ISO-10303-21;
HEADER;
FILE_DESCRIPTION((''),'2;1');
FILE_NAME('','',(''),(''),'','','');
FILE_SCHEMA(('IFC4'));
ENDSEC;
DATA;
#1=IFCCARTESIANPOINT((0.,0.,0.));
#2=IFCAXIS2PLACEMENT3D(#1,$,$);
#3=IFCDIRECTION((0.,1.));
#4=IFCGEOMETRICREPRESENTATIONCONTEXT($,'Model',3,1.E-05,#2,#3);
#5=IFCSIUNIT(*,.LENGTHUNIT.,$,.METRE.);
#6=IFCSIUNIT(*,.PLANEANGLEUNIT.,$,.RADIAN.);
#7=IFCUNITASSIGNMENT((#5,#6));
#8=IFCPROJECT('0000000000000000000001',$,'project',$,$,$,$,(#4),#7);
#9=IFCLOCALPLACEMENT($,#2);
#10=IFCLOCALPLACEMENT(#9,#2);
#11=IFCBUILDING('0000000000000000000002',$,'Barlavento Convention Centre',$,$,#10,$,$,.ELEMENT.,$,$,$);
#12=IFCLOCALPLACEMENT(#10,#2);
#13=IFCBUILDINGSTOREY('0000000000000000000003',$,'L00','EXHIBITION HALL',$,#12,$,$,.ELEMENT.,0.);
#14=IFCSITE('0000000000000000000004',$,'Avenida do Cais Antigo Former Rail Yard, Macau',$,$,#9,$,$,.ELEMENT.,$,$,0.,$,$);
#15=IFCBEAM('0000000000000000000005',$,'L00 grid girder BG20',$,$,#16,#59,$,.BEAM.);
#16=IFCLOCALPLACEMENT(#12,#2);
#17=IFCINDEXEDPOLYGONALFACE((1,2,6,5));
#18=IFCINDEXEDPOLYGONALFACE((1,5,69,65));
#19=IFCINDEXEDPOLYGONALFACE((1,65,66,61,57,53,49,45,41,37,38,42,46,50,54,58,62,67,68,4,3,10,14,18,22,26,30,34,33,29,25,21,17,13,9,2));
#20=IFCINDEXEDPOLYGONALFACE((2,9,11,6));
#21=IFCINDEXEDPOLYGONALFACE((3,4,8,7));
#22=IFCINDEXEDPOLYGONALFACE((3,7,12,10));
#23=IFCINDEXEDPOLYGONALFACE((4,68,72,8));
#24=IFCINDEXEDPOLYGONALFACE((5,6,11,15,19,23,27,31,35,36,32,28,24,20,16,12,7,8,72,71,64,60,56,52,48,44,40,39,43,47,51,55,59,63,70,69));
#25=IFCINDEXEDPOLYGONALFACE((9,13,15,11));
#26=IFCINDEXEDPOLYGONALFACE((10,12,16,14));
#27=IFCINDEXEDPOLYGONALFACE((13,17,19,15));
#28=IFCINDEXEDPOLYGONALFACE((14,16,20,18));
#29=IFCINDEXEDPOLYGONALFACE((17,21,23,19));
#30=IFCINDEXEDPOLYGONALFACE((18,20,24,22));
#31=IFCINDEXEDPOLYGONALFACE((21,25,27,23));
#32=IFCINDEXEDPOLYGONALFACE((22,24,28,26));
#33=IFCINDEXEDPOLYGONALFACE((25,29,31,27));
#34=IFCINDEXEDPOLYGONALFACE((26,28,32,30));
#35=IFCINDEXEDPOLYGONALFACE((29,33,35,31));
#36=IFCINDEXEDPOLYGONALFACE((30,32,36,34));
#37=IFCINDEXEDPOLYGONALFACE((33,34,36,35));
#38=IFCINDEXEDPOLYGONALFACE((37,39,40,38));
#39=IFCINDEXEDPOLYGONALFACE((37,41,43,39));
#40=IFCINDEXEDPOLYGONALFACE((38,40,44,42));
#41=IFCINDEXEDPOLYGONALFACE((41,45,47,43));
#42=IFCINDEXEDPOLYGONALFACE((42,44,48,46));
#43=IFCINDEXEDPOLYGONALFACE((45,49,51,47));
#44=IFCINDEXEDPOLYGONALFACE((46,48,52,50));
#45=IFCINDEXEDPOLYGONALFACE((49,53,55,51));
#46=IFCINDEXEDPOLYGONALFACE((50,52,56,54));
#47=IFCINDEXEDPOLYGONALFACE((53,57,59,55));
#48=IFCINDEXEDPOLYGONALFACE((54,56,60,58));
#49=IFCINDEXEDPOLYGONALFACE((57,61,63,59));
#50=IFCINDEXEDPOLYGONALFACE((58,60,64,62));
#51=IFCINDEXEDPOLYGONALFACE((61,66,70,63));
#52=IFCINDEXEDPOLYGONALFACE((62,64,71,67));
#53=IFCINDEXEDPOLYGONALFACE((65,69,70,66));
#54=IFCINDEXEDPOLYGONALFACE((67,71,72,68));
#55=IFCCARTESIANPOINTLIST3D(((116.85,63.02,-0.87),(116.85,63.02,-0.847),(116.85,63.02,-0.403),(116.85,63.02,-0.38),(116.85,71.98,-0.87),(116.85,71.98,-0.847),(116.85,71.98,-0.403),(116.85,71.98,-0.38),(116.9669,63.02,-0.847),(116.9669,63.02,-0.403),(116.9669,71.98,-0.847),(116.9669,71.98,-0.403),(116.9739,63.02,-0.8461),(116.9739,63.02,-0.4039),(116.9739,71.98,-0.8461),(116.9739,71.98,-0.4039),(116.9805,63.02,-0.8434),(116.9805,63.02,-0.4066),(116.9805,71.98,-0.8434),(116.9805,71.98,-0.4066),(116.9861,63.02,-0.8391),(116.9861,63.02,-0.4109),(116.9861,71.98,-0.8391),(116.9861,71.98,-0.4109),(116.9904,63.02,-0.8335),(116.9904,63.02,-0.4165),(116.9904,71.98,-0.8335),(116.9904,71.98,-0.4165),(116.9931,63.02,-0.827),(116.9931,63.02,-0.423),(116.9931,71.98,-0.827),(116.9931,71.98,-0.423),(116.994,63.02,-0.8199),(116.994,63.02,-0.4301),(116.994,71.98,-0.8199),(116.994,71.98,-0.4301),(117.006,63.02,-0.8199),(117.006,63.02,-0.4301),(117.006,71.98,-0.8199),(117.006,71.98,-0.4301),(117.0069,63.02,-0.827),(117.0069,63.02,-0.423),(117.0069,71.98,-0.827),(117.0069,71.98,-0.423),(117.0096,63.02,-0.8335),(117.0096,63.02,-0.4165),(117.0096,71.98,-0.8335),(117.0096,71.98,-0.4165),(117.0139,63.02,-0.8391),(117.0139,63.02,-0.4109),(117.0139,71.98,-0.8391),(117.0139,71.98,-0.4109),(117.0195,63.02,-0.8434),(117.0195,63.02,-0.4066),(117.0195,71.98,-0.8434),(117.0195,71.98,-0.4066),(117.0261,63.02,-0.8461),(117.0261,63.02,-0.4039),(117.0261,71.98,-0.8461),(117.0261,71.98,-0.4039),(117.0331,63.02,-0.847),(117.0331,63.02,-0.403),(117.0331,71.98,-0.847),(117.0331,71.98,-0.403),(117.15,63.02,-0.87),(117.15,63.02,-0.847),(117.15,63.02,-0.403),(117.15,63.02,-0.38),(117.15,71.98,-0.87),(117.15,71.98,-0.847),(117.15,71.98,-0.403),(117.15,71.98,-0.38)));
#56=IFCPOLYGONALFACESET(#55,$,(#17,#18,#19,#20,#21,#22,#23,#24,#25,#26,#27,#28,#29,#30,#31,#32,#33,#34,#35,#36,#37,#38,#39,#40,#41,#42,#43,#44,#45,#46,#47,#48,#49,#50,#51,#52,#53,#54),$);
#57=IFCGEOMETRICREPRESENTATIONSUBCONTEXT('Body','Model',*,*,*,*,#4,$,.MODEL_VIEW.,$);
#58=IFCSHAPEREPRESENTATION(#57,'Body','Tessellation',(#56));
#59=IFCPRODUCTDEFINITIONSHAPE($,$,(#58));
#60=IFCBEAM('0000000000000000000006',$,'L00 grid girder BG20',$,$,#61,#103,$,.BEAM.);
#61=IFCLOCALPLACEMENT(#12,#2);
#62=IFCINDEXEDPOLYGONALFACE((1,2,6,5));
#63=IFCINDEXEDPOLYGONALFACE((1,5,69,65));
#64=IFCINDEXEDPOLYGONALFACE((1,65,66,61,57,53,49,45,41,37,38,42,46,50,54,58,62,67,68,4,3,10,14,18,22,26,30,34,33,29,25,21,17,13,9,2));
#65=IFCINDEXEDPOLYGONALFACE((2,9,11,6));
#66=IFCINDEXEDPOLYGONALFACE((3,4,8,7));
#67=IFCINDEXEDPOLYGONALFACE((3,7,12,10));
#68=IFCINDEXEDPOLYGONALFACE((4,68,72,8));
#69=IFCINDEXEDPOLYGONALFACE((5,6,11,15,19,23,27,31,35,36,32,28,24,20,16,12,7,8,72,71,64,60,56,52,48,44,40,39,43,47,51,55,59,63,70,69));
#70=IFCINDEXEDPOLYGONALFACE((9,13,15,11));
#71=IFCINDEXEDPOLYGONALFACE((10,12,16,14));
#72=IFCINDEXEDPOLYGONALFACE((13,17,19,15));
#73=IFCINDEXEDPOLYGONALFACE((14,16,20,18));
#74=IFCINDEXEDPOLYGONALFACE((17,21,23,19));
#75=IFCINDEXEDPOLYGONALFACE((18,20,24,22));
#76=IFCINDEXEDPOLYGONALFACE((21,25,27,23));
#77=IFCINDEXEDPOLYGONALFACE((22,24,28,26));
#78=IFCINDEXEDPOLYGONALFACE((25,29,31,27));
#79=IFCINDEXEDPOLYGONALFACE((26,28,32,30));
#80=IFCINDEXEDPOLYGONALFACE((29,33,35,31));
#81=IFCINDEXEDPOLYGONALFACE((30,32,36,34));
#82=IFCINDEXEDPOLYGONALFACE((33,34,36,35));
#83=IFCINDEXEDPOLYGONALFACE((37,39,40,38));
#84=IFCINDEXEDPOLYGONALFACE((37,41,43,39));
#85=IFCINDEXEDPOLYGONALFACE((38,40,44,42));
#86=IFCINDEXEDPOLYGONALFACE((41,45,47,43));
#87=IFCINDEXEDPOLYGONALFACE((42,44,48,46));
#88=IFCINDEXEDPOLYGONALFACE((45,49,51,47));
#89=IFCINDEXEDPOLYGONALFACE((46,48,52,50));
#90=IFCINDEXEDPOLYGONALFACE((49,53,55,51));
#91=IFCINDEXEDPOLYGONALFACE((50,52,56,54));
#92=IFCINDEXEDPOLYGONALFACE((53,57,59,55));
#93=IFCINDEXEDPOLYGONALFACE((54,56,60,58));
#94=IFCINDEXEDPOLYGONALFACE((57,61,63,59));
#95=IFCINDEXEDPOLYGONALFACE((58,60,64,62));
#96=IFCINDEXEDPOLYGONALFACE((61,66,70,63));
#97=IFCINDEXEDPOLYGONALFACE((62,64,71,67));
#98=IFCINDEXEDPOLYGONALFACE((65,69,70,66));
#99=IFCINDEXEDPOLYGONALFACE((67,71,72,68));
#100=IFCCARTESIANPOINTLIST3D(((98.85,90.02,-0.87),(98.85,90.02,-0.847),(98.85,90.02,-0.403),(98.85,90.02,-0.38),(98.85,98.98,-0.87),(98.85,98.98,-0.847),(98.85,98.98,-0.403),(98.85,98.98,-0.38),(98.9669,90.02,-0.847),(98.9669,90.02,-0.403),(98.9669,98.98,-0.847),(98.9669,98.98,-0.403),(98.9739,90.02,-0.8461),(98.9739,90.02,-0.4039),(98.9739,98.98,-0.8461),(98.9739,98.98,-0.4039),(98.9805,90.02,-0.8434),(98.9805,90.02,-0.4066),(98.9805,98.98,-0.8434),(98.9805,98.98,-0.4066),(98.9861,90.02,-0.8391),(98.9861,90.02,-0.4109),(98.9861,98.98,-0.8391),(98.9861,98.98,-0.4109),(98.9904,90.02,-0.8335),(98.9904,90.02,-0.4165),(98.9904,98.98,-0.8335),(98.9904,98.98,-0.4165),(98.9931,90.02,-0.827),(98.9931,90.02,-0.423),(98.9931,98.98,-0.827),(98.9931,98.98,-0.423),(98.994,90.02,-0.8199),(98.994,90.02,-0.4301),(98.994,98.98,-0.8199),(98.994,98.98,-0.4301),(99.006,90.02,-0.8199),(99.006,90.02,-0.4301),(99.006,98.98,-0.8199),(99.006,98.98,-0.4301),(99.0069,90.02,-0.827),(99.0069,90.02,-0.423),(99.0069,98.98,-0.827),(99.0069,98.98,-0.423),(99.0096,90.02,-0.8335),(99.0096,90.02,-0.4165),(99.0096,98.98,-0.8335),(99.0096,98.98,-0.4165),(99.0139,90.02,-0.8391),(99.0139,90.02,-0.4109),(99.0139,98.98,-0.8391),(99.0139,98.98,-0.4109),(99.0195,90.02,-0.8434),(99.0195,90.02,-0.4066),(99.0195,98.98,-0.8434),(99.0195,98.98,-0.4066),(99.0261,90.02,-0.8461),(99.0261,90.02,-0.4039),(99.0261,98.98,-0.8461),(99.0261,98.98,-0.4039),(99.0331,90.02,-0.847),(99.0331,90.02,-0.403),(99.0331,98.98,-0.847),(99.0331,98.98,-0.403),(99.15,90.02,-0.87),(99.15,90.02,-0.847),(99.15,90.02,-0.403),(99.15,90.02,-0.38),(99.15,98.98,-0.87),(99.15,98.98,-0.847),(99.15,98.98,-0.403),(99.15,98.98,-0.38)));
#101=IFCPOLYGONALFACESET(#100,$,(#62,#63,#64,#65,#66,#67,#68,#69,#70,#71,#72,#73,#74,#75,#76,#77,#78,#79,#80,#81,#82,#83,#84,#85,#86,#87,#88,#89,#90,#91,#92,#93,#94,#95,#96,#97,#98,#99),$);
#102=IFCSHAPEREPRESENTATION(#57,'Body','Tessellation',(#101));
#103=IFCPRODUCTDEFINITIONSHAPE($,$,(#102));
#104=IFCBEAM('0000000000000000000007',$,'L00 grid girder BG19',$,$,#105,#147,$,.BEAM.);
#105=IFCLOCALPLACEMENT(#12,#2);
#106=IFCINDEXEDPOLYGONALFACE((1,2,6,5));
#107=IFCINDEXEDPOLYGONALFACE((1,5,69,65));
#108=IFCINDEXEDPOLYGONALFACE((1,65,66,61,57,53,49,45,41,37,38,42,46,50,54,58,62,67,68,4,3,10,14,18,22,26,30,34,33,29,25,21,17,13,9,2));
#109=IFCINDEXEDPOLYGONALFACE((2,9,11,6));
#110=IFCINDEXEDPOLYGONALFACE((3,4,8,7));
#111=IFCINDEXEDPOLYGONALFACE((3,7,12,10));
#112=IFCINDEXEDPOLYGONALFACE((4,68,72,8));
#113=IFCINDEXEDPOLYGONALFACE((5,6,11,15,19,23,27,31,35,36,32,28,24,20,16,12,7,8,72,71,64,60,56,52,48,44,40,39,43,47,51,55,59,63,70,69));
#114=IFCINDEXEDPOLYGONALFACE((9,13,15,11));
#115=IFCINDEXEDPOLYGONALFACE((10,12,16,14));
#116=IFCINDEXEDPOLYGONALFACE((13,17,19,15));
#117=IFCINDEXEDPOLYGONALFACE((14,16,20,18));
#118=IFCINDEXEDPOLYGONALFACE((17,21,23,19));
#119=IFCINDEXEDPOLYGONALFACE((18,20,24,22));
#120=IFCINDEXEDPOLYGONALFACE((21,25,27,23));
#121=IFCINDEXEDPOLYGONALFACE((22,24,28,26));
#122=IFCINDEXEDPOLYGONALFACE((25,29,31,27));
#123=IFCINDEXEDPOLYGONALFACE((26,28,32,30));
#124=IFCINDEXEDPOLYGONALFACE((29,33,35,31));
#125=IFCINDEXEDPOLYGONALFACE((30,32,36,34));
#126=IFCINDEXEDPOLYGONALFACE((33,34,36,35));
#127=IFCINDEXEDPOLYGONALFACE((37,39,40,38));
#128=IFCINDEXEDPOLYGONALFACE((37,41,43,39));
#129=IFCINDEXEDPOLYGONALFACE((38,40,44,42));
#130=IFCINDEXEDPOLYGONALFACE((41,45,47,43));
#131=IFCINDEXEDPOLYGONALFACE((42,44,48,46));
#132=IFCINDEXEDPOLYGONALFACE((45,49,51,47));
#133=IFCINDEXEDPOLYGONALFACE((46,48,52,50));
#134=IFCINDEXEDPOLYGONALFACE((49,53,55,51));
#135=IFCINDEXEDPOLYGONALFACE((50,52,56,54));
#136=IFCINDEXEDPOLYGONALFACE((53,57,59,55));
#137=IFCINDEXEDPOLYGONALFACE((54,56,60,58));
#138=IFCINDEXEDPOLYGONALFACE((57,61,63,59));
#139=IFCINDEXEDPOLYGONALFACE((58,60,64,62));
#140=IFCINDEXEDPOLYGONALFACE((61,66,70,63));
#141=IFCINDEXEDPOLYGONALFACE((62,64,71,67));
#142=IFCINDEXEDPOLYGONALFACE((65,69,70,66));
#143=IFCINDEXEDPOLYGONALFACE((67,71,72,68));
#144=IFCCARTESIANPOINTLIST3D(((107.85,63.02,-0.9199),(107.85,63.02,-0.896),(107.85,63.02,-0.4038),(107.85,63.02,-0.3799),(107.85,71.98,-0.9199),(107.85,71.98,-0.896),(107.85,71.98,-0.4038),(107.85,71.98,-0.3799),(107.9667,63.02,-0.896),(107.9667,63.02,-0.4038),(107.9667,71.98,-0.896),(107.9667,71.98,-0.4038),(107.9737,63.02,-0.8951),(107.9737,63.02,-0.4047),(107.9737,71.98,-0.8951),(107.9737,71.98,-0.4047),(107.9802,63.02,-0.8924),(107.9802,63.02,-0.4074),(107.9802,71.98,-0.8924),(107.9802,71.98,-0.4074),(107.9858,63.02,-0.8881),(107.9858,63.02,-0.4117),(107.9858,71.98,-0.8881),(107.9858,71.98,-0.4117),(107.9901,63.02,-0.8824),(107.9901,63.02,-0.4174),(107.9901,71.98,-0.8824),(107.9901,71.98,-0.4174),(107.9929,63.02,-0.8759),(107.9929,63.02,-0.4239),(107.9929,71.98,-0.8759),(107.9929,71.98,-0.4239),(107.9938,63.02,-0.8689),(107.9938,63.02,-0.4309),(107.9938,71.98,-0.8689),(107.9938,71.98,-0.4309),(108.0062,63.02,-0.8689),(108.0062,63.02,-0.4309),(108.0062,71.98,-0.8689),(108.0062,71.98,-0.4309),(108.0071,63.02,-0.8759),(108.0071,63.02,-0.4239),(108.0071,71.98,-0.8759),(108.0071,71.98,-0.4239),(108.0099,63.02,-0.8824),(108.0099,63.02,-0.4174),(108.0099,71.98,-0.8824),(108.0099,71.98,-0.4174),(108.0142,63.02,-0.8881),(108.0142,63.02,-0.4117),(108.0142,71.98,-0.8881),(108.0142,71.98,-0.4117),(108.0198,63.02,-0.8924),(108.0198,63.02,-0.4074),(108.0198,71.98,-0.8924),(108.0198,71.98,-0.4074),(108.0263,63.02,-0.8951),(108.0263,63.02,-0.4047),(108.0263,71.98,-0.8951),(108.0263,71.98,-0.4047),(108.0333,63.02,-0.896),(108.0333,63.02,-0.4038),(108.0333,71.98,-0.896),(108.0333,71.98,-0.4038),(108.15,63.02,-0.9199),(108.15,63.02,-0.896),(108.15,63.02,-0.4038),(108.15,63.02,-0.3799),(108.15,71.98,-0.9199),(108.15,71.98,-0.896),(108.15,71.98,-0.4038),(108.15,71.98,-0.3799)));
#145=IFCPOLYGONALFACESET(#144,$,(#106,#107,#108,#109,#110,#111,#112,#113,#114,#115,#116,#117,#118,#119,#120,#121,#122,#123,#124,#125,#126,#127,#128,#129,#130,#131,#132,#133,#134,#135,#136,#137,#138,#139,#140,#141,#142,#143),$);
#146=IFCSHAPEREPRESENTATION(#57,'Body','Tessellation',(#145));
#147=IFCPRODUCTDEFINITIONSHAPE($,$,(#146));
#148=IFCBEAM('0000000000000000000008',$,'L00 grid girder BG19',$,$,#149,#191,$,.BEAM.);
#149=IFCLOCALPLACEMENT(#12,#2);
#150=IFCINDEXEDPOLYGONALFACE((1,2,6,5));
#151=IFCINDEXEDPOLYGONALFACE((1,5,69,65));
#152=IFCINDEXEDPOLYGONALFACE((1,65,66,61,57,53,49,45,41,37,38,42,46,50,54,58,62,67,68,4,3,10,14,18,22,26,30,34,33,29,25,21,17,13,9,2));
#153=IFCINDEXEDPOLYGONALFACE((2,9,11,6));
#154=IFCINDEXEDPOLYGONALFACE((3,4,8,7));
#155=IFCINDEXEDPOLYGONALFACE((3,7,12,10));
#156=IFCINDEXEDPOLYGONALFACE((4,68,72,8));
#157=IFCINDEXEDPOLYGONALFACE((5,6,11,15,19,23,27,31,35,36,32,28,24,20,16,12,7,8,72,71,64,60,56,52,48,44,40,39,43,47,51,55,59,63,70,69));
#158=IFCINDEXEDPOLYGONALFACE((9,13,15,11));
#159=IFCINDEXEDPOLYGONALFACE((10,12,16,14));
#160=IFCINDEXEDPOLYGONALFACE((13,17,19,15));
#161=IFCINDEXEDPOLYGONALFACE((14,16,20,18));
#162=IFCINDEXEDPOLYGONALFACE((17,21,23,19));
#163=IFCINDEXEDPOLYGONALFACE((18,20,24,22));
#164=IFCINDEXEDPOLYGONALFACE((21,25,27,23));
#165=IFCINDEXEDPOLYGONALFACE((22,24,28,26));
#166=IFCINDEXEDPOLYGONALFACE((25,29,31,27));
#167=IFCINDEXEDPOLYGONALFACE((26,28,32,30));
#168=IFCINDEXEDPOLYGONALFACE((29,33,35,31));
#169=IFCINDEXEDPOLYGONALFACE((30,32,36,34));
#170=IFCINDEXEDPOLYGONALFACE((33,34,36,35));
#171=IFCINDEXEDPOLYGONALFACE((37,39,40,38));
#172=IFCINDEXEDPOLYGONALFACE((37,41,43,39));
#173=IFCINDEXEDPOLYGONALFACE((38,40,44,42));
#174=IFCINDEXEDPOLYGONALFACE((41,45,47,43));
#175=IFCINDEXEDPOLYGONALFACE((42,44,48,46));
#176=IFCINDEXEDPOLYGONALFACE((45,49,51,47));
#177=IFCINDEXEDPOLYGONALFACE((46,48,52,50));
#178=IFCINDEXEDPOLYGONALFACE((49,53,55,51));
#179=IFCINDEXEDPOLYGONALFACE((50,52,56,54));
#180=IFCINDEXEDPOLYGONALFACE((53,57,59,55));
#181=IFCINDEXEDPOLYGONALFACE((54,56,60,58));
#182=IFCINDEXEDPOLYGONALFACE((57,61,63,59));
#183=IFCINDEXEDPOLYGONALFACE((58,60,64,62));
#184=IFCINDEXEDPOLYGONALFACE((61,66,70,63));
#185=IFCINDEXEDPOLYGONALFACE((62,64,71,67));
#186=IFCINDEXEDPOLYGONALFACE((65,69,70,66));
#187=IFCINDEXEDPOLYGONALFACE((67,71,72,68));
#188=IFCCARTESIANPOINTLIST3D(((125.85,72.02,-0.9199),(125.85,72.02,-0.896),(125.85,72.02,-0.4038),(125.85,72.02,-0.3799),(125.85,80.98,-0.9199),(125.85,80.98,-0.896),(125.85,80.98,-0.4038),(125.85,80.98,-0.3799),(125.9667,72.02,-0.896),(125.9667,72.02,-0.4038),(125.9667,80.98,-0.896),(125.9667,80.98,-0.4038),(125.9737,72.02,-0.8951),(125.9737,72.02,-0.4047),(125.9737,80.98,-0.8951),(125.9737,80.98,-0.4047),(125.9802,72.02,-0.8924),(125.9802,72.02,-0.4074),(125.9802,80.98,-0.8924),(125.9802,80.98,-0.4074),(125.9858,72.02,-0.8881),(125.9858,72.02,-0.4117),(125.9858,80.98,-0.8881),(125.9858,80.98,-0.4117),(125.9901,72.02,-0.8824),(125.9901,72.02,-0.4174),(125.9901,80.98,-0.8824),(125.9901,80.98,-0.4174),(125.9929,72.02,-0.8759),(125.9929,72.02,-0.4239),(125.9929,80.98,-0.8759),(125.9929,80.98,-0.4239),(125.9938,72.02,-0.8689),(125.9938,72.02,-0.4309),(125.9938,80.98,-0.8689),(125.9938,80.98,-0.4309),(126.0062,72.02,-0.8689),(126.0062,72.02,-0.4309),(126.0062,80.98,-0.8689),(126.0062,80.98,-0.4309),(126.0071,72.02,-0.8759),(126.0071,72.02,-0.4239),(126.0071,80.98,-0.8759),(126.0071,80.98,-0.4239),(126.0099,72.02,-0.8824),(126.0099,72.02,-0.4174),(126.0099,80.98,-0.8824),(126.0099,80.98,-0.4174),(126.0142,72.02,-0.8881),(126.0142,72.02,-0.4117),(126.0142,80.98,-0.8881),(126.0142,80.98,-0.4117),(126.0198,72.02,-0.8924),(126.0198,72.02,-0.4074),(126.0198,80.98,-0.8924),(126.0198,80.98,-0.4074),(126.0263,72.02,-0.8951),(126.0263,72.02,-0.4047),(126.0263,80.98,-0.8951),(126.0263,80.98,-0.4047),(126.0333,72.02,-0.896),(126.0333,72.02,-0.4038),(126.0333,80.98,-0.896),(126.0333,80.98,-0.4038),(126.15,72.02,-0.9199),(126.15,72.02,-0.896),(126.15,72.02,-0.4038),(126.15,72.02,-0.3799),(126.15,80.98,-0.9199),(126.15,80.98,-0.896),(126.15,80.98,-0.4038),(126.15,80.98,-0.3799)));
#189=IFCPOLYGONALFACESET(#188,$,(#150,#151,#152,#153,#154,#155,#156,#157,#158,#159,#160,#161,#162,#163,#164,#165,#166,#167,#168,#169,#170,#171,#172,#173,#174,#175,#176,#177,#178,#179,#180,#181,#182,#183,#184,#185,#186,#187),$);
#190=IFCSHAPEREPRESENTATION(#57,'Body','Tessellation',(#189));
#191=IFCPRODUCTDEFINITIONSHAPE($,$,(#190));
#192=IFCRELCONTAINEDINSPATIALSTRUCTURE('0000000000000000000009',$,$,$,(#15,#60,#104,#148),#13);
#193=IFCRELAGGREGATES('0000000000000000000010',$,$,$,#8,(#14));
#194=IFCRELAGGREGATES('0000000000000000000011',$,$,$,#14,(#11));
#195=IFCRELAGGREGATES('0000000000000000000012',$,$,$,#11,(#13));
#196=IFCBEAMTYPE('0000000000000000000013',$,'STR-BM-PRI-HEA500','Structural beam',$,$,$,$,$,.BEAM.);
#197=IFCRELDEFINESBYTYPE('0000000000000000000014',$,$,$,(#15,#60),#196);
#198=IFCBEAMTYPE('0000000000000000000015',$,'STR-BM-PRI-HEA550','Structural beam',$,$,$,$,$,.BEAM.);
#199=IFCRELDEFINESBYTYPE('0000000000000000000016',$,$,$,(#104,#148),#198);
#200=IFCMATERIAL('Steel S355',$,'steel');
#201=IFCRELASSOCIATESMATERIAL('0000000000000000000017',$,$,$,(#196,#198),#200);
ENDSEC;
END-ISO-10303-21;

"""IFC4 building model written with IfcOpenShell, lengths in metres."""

from ifc_helpers import new_model, si_unit, direction, frame, origin, origin_2d, place, context, subcontext, project, spatial, i_section, extrude, material, material_profile, profile_set, type_object, element, save


model = new_model("IFC4")

# Units and contexts
model_context = context("Model", 3, precision=1e-05, world=origin(), true_north=direction((0.0, 1.0)))
body_context = subcontext(model_context, "Body", "Model", "MODEL_VIEW")
ifc_project = project(units=[si_unit("LENGTHUNIT", "METRE"), si_unit("PLANEANGLEUNIT", "RADIAN")], contexts=[model_context])

# Site, building, storey
site_placement = place(None, origin())
site = spatial("IfcSite", under=ifc_project, at=site_placement, Name="Avenida do Cais Antigo Former Rail Yard, Macau", CompositionType="ELEMENT", RefElevation=0.0)
building_placement = place(site_placement, origin())
building = spatial("IfcBuilding", under=site, at=building_placement, Name="Barlavento Convention Centre", CompositionType="ELEMENT")
storey_placement = place(building_placement, origin())
storey = spatial("IfcBuildingStorey", under=building, at=storey_placement, Name="L00", Description="EXHIBITION HALL", CompositionType="ELEMENT", Elevation=0.0)

# Beams
ifc_material_1 = material(Name="Steel S355", Category="steel")
ifc_material_profile_1 = material_profile(ifc_material_1, i_section(OverallWidth=0.3, OverallDepth=0.49, WebThickness=0.012, FlangeThickness=0.0229, FilletRadius=0.0271, at=origin_2d()), Name="HEA 500")
ifc_profile_set_1 = profile_set([ifc_material_profile_1], Name="Steel S355")
beam_type_1 = type_object("IfcBeamType", Name="STR-BM-PRI-HEA500", Description="Structural beam", PredefinedType="BEAM", material=ifc_profile_set_1)
for number, where, z_axis, x_axis, name in (
    (1, (117.0, 63.02, -0.625), (0.0, 1.0, 0.0), (-1.0, 0.0, 0.0), "L00 grid girder BG20"),
    (2, (99.0, 90.02, -0.625), (0.0, 1.0, 0.0), (-1.0, 0.0, 0.0), "L00 grid girder BG20"),
):
    element("IfcBeam", number, at=place(storey_placement, frame(where, z_axis=z_axis, x_axis=x_axis)), inside=storey, type_object=beam_type_1, Name=name, PredefinedType="BEAM", context=body_context, shape_type="SweptSolid", body=[
        extrude(i_section(OverallWidth=0.3, OverallDepth=0.49, WebThickness=0.012, FlangeThickness=0.0229, FilletRadius=0.0271, at=origin_2d()), origin(), (0.0, 0.0, 1.0), 8.96),
    ])
ifc_material_profile_2 = material_profile(ifc_material_1, i_section(OverallWidth=0.3, OverallDepth=0.54, WebThickness=0.0125, FlangeThickness=0.0239, FilletRadius=0.0271, at=origin_2d()), Name="HEA 550")
ifc_profile_set_2 = profile_set([ifc_material_profile_2], Name="Steel S355")
beam_type_2 = type_object("IfcBeamType", Name="STR-BM-PRI-HEA550", Description="Structural beam", PredefinedType="BEAM", material=ifc_profile_set_2)
for number, where, z_axis, x_axis, name in (
    (3, (108.0, 63.02, -0.6499), (0.0, 1.0, 0.0), (-1.0, 0.0, 0.0), "L00 grid girder BG19"),
    (4, (126.0, 72.02, -0.6499), (0.0, 1.0, 0.0), (-1.0, 0.0, 0.0), "L00 grid girder BG19"),
):
    element("IfcBeam", number, at=place(storey_placement, frame(where, z_axis=z_axis, x_axis=x_axis)), inside=storey, type_object=beam_type_2, Name=name, PredefinedType="BEAM", context=body_context, shape_type="SweptSolid", body=[
        extrude(i_section(OverallWidth=0.3, OverallDepth=0.54, WebThickness=0.0125, FlangeThickness=0.0239, FilletRadius=0.0271, at=origin_2d()), origin(), (0.0, 0.0, 1.0), 8.96),
    ])

save(model, "model.ifc")
